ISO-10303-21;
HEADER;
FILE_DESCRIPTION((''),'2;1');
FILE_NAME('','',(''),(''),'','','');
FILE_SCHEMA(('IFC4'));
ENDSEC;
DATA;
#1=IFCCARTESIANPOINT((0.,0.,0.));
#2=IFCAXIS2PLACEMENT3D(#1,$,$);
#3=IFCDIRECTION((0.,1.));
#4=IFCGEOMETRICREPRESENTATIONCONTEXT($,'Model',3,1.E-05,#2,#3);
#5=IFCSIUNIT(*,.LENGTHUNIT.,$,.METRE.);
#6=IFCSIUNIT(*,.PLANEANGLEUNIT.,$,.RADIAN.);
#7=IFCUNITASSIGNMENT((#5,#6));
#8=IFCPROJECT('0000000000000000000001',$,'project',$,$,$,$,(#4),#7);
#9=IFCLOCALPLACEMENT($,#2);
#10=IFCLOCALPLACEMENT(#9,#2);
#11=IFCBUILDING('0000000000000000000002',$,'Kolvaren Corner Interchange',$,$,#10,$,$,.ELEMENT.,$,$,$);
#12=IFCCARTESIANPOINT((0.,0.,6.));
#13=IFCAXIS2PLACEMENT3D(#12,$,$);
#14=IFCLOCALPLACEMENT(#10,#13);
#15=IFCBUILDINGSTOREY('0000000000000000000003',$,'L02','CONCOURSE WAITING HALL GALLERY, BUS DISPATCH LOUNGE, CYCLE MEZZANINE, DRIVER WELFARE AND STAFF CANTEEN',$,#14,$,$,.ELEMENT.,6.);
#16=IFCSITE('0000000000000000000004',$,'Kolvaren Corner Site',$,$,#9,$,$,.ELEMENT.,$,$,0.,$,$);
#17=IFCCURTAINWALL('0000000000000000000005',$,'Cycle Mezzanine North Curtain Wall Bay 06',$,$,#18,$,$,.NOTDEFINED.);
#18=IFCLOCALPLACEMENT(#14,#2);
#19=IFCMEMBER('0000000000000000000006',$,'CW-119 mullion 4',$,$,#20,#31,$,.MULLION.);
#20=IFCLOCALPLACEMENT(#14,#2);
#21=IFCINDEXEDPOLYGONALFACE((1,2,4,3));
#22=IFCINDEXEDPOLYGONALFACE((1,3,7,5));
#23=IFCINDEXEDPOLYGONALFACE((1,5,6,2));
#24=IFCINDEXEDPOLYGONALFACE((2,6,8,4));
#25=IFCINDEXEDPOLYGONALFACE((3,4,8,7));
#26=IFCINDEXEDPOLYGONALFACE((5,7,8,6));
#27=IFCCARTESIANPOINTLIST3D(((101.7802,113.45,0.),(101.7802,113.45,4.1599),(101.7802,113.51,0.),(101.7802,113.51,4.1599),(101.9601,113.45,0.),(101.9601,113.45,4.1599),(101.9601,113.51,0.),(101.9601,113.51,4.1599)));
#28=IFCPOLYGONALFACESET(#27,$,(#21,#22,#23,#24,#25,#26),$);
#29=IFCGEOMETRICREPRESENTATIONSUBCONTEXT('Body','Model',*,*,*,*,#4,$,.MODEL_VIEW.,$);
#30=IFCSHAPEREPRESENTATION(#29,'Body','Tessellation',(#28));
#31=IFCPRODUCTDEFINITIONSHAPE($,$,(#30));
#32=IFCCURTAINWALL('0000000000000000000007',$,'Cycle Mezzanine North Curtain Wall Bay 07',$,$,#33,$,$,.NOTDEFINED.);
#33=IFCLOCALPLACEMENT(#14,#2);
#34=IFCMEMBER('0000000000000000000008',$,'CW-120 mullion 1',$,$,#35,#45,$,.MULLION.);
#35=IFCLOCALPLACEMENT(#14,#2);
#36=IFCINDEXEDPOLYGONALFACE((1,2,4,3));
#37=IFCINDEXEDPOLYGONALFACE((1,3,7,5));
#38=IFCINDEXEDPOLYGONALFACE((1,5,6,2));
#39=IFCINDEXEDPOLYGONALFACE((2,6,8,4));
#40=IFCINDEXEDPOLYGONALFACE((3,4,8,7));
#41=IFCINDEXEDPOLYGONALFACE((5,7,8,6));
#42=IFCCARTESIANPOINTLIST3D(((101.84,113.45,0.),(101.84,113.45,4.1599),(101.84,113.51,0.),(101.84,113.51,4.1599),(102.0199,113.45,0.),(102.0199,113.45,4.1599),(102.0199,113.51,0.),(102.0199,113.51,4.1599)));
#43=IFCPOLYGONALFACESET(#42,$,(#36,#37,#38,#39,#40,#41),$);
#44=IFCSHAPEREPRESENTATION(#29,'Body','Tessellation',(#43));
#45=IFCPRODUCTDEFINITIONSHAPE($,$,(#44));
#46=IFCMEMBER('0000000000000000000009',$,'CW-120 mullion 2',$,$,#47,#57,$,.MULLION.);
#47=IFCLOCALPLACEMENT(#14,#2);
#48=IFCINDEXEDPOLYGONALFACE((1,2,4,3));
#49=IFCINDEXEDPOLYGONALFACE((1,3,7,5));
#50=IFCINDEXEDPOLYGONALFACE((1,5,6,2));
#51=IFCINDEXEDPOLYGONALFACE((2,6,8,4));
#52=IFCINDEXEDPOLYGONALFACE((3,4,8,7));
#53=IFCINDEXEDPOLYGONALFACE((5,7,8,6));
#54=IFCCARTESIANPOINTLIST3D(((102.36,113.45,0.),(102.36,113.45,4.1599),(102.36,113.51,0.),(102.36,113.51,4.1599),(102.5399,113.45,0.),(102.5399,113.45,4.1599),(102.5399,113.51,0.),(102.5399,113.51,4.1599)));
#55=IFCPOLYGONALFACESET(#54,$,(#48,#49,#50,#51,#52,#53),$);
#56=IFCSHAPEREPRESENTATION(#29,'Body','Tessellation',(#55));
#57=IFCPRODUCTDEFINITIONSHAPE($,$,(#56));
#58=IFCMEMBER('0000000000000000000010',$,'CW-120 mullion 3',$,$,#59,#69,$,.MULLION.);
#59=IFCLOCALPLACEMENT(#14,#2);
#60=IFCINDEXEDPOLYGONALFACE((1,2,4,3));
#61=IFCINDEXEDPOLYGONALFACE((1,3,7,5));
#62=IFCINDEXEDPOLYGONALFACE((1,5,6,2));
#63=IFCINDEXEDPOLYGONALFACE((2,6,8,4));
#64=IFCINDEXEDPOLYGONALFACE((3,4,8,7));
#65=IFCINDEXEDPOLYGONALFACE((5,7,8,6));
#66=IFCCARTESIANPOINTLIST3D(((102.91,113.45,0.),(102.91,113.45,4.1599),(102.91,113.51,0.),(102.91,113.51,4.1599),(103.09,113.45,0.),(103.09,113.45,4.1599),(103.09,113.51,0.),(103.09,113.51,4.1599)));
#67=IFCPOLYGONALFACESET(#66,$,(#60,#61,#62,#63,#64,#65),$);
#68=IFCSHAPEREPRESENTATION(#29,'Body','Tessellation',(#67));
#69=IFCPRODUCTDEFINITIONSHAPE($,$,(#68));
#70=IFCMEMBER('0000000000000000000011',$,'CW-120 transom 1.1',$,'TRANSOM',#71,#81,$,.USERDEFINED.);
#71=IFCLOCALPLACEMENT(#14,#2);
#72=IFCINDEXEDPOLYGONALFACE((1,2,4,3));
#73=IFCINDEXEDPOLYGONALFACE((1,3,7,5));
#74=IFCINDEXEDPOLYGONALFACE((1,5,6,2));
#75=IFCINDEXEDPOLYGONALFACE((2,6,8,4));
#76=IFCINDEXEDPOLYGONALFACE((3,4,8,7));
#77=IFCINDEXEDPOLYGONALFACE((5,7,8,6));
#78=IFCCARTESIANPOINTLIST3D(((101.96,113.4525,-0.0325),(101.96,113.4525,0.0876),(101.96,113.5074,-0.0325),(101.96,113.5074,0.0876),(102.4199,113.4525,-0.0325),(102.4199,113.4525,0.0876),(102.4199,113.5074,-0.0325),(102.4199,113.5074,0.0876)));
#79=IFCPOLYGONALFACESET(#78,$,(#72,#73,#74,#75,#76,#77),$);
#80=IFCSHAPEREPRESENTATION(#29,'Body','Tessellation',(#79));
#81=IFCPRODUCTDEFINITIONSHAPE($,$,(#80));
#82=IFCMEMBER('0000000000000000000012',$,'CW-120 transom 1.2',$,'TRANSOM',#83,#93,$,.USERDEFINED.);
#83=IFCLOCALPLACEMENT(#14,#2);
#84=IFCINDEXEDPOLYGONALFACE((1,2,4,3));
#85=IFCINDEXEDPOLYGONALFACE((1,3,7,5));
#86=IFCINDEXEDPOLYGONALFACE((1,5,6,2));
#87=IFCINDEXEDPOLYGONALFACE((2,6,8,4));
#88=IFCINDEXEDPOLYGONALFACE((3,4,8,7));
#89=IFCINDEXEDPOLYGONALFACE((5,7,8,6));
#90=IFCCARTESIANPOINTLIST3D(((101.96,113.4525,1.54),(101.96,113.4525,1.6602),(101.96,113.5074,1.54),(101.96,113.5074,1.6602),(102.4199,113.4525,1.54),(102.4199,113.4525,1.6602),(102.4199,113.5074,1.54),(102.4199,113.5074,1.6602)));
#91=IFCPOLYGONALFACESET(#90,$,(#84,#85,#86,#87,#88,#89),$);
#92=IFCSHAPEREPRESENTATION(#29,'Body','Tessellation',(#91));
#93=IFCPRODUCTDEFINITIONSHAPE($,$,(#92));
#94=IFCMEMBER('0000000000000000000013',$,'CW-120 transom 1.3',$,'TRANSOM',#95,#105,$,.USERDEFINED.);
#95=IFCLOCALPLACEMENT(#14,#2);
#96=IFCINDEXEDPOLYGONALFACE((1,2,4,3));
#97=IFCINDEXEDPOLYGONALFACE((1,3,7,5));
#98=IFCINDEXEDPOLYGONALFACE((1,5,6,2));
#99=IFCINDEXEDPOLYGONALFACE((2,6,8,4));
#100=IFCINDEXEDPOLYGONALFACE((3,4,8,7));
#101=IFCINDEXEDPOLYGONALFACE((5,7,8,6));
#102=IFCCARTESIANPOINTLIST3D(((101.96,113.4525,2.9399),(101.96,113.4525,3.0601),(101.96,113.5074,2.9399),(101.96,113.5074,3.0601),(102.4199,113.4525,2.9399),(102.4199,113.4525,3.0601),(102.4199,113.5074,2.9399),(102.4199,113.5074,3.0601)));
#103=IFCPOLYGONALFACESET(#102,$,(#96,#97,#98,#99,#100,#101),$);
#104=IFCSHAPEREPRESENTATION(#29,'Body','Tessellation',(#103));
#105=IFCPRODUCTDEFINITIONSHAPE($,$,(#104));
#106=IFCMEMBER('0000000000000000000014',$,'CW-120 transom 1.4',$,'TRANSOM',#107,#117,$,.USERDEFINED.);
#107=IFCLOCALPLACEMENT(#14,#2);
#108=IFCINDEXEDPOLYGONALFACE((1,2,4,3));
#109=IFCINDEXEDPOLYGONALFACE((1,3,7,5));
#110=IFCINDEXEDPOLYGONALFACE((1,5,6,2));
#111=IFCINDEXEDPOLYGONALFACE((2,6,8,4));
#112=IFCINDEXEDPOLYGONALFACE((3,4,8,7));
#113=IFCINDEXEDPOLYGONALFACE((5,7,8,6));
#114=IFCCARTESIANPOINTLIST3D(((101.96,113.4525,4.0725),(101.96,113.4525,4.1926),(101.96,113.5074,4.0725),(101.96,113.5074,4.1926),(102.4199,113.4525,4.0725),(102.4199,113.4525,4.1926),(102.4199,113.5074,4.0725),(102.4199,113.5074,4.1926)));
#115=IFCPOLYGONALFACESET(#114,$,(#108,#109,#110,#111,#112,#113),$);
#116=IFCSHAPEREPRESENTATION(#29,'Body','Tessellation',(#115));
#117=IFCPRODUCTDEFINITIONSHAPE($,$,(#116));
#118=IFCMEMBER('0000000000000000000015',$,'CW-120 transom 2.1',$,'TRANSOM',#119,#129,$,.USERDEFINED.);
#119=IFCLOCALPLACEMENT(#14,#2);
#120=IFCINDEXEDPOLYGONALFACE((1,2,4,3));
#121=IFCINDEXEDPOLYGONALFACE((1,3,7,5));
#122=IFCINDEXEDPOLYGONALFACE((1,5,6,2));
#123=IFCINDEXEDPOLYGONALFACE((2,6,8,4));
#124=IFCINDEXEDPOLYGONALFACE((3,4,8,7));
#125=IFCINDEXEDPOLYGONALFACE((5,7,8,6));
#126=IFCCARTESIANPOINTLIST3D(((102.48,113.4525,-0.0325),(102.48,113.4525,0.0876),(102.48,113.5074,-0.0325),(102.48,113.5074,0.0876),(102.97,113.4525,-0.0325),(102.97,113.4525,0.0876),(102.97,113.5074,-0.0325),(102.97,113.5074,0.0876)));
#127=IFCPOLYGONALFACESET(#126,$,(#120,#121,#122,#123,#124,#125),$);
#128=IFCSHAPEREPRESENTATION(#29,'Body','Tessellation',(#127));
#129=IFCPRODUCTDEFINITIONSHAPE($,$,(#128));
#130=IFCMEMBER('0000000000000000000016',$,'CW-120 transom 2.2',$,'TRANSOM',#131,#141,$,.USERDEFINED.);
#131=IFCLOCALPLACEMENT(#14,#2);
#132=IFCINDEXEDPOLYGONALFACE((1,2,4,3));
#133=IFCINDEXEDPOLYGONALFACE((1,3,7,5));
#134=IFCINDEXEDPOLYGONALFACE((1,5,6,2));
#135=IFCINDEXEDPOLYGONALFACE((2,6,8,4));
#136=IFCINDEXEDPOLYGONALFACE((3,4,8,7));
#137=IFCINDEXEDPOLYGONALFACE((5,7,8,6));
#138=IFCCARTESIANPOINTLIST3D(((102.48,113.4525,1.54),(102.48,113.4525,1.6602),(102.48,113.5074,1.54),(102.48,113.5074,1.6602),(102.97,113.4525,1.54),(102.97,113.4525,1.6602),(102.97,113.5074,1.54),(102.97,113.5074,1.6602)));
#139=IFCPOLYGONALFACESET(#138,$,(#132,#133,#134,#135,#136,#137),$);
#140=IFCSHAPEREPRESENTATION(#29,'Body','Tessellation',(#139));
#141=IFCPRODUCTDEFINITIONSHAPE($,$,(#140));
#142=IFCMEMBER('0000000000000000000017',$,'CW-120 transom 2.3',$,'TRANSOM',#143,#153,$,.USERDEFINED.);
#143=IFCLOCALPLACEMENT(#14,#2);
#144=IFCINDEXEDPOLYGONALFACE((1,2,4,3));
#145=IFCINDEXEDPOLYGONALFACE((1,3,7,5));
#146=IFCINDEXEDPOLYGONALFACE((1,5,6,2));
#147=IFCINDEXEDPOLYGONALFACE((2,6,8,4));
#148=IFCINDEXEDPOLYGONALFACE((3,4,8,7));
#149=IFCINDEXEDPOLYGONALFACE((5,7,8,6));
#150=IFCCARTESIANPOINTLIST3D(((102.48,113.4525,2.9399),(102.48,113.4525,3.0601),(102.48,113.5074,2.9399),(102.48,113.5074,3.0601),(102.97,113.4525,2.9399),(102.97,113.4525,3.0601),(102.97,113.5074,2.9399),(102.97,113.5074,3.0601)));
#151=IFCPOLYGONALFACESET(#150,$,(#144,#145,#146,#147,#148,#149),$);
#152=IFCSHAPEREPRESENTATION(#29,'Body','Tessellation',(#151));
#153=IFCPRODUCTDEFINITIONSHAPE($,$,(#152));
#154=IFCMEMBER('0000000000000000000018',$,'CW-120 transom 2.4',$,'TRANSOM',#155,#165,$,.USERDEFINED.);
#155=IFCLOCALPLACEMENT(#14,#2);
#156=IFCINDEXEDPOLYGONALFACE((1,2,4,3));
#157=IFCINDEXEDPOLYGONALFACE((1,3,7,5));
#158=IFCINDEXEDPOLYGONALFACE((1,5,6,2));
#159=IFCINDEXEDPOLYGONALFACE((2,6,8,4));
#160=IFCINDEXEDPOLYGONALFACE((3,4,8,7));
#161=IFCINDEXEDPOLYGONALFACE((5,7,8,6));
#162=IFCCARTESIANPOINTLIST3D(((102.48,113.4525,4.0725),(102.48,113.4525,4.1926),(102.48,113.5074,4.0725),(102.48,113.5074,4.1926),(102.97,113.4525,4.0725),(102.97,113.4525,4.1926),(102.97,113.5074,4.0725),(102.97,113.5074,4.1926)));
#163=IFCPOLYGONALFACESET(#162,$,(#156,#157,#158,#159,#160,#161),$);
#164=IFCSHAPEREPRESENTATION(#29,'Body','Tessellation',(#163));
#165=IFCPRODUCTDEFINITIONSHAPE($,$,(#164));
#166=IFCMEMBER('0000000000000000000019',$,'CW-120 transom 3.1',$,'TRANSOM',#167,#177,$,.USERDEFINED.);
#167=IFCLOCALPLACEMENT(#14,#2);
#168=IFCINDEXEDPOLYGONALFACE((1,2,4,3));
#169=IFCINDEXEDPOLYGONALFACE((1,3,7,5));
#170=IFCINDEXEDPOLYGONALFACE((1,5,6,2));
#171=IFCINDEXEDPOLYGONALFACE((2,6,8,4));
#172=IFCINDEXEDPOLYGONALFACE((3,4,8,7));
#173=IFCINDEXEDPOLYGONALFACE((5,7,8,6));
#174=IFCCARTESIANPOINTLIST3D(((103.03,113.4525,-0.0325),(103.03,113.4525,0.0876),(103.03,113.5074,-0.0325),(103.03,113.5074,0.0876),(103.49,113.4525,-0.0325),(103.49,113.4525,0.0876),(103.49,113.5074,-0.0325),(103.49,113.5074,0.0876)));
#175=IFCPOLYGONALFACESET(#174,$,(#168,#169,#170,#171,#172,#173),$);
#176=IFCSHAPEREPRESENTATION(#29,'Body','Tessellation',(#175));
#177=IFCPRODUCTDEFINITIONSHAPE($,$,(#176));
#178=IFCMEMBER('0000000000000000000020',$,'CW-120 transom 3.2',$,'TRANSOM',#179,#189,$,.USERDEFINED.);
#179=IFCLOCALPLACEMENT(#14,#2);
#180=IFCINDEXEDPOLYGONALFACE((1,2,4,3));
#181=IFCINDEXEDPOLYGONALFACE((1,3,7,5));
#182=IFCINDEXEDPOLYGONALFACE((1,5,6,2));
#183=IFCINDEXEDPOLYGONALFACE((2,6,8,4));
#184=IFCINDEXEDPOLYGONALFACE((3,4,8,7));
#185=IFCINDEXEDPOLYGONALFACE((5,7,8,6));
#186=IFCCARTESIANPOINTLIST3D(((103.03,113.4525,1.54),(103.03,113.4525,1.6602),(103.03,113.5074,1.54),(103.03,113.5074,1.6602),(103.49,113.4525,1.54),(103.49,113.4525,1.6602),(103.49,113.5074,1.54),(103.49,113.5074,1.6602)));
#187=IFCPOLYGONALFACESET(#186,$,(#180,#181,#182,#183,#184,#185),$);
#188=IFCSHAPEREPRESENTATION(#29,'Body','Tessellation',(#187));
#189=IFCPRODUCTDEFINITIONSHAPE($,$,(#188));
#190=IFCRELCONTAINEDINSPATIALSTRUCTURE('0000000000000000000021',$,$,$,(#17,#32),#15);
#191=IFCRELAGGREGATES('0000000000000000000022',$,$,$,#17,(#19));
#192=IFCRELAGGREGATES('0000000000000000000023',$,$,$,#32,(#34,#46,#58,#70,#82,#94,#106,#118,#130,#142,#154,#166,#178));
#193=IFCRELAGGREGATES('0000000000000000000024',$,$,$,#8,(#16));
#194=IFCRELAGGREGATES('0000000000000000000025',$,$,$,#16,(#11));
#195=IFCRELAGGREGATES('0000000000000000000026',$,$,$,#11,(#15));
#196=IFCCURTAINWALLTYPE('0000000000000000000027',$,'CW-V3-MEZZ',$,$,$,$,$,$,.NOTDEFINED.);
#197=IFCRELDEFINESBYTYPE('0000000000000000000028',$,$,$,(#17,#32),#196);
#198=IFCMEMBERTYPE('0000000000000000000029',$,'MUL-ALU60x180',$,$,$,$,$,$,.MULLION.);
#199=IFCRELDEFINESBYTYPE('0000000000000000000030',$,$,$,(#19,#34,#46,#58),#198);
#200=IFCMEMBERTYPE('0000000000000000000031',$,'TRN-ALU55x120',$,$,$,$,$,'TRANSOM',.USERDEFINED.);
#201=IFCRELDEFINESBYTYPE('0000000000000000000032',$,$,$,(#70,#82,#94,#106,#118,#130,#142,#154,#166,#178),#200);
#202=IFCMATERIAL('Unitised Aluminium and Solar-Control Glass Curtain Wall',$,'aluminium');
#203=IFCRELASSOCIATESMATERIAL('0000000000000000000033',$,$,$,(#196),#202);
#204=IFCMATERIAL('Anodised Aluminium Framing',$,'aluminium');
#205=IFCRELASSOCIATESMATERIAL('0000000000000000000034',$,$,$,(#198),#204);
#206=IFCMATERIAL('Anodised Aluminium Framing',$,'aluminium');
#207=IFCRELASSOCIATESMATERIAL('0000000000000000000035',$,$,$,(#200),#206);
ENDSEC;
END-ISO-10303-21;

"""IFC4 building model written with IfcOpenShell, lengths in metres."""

from ifc_helpers import new_model, si_unit, direction, frame, origin, origin_2d, place, context, subcontext, project, spatial, rectangle, extrude, material, material_profile, profile_set, type_object, element, aggregate, save


model = new_model("IFC4")

# Units and contexts
model_context = context("Model", 3, precision=1e-05, world=origin(), true_north=direction((0.0, 1.0)))
body_context = subcontext(model_context, "Body", "Model", "MODEL_VIEW")
ifc_project = project(units=[si_unit("LENGTHUNIT", "METRE"), si_unit("PLANEANGLEUNIT", "RADIAN")], contexts=[model_context])

# Site, building, storey
site_placement = place(None, origin())
site = spatial("IfcSite", under=ifc_project, at=site_placement, Name="Kolvaren Corner Site", CompositionType="ELEMENT", RefElevation=0.0)
building_placement = place(site_placement, origin())
building = spatial("IfcBuilding", under=site, at=building_placement, Name="Kolvaren Corner Interchange", CompositionType="ELEMENT")
storey_placement = place(building_placement, frame((0.0, 0.0, 6.0)))
storey = spatial("IfcBuildingStorey", under=building, at=storey_placement, Name="L02", Description="CONCOURSE WAITING HALL GALLERY, BUS DISPATCH LOUNGE, CYCLE MEZZANINE, DRIVER WELFARE AND STAFF CANTEEN", CompositionType="ELEMENT", Elevation=6.0)

# Curtain wall, member
ifc_material_1 = material(Name="Unitised Aluminium and Solar-Control Glass Curtain Wall", Category="aluminium")
curtain_wall_type = type_object("IfcCurtainWallType", Name="CW-V3-MEZZ", PredefinedType="NOTDEFINED", material=ifc_material_1)
curtain_wall_1_placement = place(storey_placement, origin())
curtain_wall_1 = element("IfcCurtainWall", 1, at=curtain_wall_1_placement, inside=storey, type_object=curtain_wall_type, Name="Cycle Mezzanine North Curtain Wall Bay 06", PredefinedType="NOTDEFINED")
ifc_material_2 = material(Name="Anodised Aluminium Framing", Category="aluminium")
ifc_material_profile_1 = material_profile(ifc_material_2, rectangle(XDim=0.0601, YDim=0.1799, at=origin_2d()), Name="ALU 60x180")
ifc_profile_set_1 = profile_set([ifc_material_profile_1], Name="Anodised Aluminium Framing")
member_type_1 = type_object("IfcMemberType", Name="MUL-ALU60x180", PredefinedType="MULLION", material=ifc_profile_set_1)
member_1_placement = place(storey_placement, frame((101.8701, 113.48, 0.0), z_axis=(0.0, 0.0, 1.0), x_axis=(0.0, 1.0, 0.0)))
member_1 = element("IfcMember", 2, at=member_1_placement, type_object=member_type_1, Name="CW-119 mullion 4", PredefinedType="MULLION", context=body_context, shape_type="SweptSolid", body=[
    extrude(rectangle(XDim=0.0601, YDim=0.1799, at=origin_2d()), origin(), (0.0, 0.0, 1.0), 4.1599),
])

# Curtain wall, members
curtain_wall_2_placement = place(storey_placement, origin())
curtain_wall_2 = element("IfcCurtainWall", 3, at=curtain_wall_2_placement, inside=storey, type_object=curtain_wall_type, Name="Cycle Mezzanine North Curtain Wall Bay 07", PredefinedType="NOTDEFINED")
member_2_placement = place(storey_placement, frame((101.9299, 113.48, 0.0), z_axis=(0.0, 0.0, 1.0), x_axis=(0.0, 1.0, 0.0)))
member_2 = element("IfcMember", 4, at=member_2_placement, type_object=member_type_1, Name="CW-120 mullion 1", PredefinedType="MULLION", context=body_context, shape_type="SweptSolid", body=[
    extrude(rectangle(XDim=0.0601, YDim=0.1799, at=origin_2d()), origin(), (0.0, 0.0, 1.0), 4.1599),
])
member_3_placement = place(storey_placement, frame((102.45, 113.48, 0.0), z_axis=(0.0, 0.0, 1.0), x_axis=(0.0, 1.0, 0.0)))
member_3 = element("IfcMember", 5, at=member_3_placement, type_object=member_type_1, Name="CW-120 mullion 2", PredefinedType="MULLION", context=body_context, shape_type="SweptSolid", body=[
    extrude(rectangle(XDim=0.0601, YDim=0.1799, at=origin_2d()), origin(), (0.0, 0.0, 1.0), 4.1599),
])
member_4_placement = place(storey_placement, frame((103.0, 113.48, 0.0), z_axis=(0.0, 0.0, 1.0), x_axis=(0.0, 1.0, 0.0)))
member_4 = element("IfcMember", 6, at=member_4_placement, type_object=member_type_1, Name="CW-120 mullion 3", PredefinedType="MULLION", context=body_context, shape_type="SweptSolid", body=[
    extrude(rectangle(XDim=0.0601, YDim=0.1799, at=origin_2d()), origin(), (0.0, 0.0, 1.0), 4.1599),
])
ifc_material_3 = material(Name="Anodised Aluminium Framing", Category="aluminium")
ifc_material_profile_2 = material_profile(ifc_material_3, rectangle(XDim=0.0549, YDim=0.1201, at=origin_2d()), Name="ALU 55x120")
ifc_profile_set_2 = profile_set([ifc_material_profile_2], Name="Anodised Aluminium Framing")
member_type_2 = type_object("IfcMemberType", Name="TRN-ALU55x120", ElementType="TRANSOM", PredefinedType="USERDEFINED", material=ifc_profile_set_2)
member_5_placement = place(storey_placement, frame((101.96, 113.48, 0.0276), z_axis=(1.0, 0.0, 0.0), x_axis=(0.0, 1.0, 0.0)))
member_5 = element("IfcMember", 7, at=member_5_placement, type_object=member_type_2, Name="CW-120 transom 1.1", ObjectType="TRANSOM", PredefinedType="USERDEFINED", context=body_context, shape_type="SweptSolid", body=[
    extrude(rectangle(XDim=0.0549, YDim=0.1201, at=origin_2d()), origin(), (0.0, 0.0, 1.0), 0.46),
])
member_6_placement = place(storey_placement, frame((101.96, 113.48, 1.6001), z_axis=(1.0, 0.0, 0.0), x_axis=(0.0, 1.0, 0.0)))
member_6 = element("IfcMember", 8, at=member_6_placement, type_object=member_type_2, Name="CW-120 transom 1.2", ObjectType="TRANSOM", PredefinedType="USERDEFINED", context=body_context, shape_type="SweptSolid", body=[
    extrude(rectangle(XDim=0.0549, YDim=0.1201, at=origin_2d()), origin(), (0.0, 0.0, 1.0), 0.46),
])
member_7_placement = place(storey_placement, frame((101.96, 113.48, 3.0), z_axis=(1.0, 0.0, 0.0), x_axis=(0.0, 1.0, 0.0)))
member_7 = element("IfcMember", 9, at=member_7_placement, type_object=member_type_2, Name="CW-120 transom 1.3", ObjectType="TRANSOM", PredefinedType="USERDEFINED", context=body_context, shape_type="SweptSolid", body=[
    extrude(rectangle(XDim=0.0549, YDim=0.1201, at=origin_2d()), origin(), (0.0, 0.0, 1.0), 0.46),
])
member_8_placement = place(storey_placement, frame((101.96, 113.48, 4.1326), z_axis=(1.0, 0.0, 0.0), x_axis=(0.0, 1.0, 0.0)))
member_8 = element("IfcMember", 10, at=member_8_placement, type_object=member_type_2, Name="CW-120 transom 1.4", ObjectType="TRANSOM", PredefinedType="USERDEFINED", context=body_context, shape_type="SweptSolid", body=[
    extrude(rectangle(XDim=0.0549, YDim=0.1201, at=origin_2d()), origin(), (0.0, 0.0, 1.0), 0.46),
])
member_9_placement = place(storey_placement, frame((102.48, 113.48, 0.0276), z_axis=(1.0, 0.0, 0.0), x_axis=(0.0, 1.0, 0.0)))
member_9 = element("IfcMember", 11, at=member_9_placement, type_object=member_type_2, Name="CW-120 transom 2.1", ObjectType="TRANSOM", PredefinedType="USERDEFINED", context=body_context, shape_type="SweptSolid", body=[
    extrude(rectangle(XDim=0.0549, YDim=0.1201, at=origin_2d()), origin(), (0.0, 0.0, 1.0), 0.49),
])
member_10_placement = place(storey_placement, frame((102.48, 113.48, 1.6001), z_axis=(1.0, 0.0, 0.0), x_axis=(0.0, 1.0, 0.0)))
member_10 = element("IfcMember", 12, at=member_10_placement, type_object=member_type_2, Name="CW-120 transom 2.2", ObjectType="TRANSOM", PredefinedType="USERDEFINED", context=body_context, shape_type="SweptSolid", body=[
    extrude(rectangle(XDim=0.0549, YDim=0.1201, at=origin_2d()), origin(), (0.0, 0.0, 1.0), 0.49),
])
member_11_placement = place(storey_placement, frame((102.48, 113.48, 3.0), z_axis=(1.0, 0.0, 0.0), x_axis=(0.0, 1.0, 0.0)))
member_11 = element("IfcMember", 13, at=member_11_placement, type_object=member_type_2, Name="CW-120 transom 2.3", ObjectType="TRANSOM", PredefinedType="USERDEFINED", context=body_context, shape_type="SweptSolid", body=[
    extrude(rectangle(XDim=0.0549, YDim=0.1201, at=origin_2d()), origin(), (0.0, 0.0, 1.0), 0.49),
])
member_12_placement = place(storey_placement, frame((102.48, 113.48, 4.1326), z_axis=(1.0, 0.0, 0.0), x_axis=(0.0, 1.0, 0.0)))
member_12 = element("IfcMember", 14, at=member_12_placement, type_object=member_type_2, Name="CW-120 transom 2.4", ObjectType="TRANSOM", PredefinedType="USERDEFINED", context=body_context, shape_type="SweptSolid", body=[
    extrude(rectangle(XDim=0.0549, YDim=0.1201, at=origin_2d()), origin(), (0.0, 0.0, 1.0), 0.49),
])
member_13_placement = place(storey_placement, frame((103.03, 113.48, 0.0276), z_axis=(1.0, 0.0, 0.0), x_axis=(0.0, 1.0, 0.0)))
member_13 = element("IfcMember", 15, at=member_13_placement, type_object=member_type_2, Name="CW-120 transom 3.1", ObjectType="TRANSOM", PredefinedType="USERDEFINED", context=body_context, shape_type="SweptSolid", body=[
    extrude(rectangle(XDim=0.0549, YDim=0.1201, at=origin_2d()), origin(), (0.0, 0.0, 1.0), 0.46),
])
member_14_placement = place(storey_placement, frame((103.03, 113.48, 1.6001), z_axis=(1.0, 0.0, 0.0), x_axis=(0.0, 1.0, 0.0)))
member_14 = element("IfcMember", 16, at=member_14_placement, type_object=member_type_2, Name="CW-120 transom 3.2", ObjectType="TRANSOM", PredefinedType="USERDEFINED", context=body_context, shape_type="SweptSolid", body=[
    extrude(rectangle(XDim=0.0549, YDim=0.1201, at=origin_2d()), origin(), (0.0, 0.0, 1.0), 0.46),
])

aggregate(curtain_wall_1, [member_1])
aggregate(curtain_wall_2, [member_2, member_3, member_4, member_5, member_6, member_7, member_8, member_9, member_10, member_11, member_12, member_13, member_14])

save(model, "model.ifc")
